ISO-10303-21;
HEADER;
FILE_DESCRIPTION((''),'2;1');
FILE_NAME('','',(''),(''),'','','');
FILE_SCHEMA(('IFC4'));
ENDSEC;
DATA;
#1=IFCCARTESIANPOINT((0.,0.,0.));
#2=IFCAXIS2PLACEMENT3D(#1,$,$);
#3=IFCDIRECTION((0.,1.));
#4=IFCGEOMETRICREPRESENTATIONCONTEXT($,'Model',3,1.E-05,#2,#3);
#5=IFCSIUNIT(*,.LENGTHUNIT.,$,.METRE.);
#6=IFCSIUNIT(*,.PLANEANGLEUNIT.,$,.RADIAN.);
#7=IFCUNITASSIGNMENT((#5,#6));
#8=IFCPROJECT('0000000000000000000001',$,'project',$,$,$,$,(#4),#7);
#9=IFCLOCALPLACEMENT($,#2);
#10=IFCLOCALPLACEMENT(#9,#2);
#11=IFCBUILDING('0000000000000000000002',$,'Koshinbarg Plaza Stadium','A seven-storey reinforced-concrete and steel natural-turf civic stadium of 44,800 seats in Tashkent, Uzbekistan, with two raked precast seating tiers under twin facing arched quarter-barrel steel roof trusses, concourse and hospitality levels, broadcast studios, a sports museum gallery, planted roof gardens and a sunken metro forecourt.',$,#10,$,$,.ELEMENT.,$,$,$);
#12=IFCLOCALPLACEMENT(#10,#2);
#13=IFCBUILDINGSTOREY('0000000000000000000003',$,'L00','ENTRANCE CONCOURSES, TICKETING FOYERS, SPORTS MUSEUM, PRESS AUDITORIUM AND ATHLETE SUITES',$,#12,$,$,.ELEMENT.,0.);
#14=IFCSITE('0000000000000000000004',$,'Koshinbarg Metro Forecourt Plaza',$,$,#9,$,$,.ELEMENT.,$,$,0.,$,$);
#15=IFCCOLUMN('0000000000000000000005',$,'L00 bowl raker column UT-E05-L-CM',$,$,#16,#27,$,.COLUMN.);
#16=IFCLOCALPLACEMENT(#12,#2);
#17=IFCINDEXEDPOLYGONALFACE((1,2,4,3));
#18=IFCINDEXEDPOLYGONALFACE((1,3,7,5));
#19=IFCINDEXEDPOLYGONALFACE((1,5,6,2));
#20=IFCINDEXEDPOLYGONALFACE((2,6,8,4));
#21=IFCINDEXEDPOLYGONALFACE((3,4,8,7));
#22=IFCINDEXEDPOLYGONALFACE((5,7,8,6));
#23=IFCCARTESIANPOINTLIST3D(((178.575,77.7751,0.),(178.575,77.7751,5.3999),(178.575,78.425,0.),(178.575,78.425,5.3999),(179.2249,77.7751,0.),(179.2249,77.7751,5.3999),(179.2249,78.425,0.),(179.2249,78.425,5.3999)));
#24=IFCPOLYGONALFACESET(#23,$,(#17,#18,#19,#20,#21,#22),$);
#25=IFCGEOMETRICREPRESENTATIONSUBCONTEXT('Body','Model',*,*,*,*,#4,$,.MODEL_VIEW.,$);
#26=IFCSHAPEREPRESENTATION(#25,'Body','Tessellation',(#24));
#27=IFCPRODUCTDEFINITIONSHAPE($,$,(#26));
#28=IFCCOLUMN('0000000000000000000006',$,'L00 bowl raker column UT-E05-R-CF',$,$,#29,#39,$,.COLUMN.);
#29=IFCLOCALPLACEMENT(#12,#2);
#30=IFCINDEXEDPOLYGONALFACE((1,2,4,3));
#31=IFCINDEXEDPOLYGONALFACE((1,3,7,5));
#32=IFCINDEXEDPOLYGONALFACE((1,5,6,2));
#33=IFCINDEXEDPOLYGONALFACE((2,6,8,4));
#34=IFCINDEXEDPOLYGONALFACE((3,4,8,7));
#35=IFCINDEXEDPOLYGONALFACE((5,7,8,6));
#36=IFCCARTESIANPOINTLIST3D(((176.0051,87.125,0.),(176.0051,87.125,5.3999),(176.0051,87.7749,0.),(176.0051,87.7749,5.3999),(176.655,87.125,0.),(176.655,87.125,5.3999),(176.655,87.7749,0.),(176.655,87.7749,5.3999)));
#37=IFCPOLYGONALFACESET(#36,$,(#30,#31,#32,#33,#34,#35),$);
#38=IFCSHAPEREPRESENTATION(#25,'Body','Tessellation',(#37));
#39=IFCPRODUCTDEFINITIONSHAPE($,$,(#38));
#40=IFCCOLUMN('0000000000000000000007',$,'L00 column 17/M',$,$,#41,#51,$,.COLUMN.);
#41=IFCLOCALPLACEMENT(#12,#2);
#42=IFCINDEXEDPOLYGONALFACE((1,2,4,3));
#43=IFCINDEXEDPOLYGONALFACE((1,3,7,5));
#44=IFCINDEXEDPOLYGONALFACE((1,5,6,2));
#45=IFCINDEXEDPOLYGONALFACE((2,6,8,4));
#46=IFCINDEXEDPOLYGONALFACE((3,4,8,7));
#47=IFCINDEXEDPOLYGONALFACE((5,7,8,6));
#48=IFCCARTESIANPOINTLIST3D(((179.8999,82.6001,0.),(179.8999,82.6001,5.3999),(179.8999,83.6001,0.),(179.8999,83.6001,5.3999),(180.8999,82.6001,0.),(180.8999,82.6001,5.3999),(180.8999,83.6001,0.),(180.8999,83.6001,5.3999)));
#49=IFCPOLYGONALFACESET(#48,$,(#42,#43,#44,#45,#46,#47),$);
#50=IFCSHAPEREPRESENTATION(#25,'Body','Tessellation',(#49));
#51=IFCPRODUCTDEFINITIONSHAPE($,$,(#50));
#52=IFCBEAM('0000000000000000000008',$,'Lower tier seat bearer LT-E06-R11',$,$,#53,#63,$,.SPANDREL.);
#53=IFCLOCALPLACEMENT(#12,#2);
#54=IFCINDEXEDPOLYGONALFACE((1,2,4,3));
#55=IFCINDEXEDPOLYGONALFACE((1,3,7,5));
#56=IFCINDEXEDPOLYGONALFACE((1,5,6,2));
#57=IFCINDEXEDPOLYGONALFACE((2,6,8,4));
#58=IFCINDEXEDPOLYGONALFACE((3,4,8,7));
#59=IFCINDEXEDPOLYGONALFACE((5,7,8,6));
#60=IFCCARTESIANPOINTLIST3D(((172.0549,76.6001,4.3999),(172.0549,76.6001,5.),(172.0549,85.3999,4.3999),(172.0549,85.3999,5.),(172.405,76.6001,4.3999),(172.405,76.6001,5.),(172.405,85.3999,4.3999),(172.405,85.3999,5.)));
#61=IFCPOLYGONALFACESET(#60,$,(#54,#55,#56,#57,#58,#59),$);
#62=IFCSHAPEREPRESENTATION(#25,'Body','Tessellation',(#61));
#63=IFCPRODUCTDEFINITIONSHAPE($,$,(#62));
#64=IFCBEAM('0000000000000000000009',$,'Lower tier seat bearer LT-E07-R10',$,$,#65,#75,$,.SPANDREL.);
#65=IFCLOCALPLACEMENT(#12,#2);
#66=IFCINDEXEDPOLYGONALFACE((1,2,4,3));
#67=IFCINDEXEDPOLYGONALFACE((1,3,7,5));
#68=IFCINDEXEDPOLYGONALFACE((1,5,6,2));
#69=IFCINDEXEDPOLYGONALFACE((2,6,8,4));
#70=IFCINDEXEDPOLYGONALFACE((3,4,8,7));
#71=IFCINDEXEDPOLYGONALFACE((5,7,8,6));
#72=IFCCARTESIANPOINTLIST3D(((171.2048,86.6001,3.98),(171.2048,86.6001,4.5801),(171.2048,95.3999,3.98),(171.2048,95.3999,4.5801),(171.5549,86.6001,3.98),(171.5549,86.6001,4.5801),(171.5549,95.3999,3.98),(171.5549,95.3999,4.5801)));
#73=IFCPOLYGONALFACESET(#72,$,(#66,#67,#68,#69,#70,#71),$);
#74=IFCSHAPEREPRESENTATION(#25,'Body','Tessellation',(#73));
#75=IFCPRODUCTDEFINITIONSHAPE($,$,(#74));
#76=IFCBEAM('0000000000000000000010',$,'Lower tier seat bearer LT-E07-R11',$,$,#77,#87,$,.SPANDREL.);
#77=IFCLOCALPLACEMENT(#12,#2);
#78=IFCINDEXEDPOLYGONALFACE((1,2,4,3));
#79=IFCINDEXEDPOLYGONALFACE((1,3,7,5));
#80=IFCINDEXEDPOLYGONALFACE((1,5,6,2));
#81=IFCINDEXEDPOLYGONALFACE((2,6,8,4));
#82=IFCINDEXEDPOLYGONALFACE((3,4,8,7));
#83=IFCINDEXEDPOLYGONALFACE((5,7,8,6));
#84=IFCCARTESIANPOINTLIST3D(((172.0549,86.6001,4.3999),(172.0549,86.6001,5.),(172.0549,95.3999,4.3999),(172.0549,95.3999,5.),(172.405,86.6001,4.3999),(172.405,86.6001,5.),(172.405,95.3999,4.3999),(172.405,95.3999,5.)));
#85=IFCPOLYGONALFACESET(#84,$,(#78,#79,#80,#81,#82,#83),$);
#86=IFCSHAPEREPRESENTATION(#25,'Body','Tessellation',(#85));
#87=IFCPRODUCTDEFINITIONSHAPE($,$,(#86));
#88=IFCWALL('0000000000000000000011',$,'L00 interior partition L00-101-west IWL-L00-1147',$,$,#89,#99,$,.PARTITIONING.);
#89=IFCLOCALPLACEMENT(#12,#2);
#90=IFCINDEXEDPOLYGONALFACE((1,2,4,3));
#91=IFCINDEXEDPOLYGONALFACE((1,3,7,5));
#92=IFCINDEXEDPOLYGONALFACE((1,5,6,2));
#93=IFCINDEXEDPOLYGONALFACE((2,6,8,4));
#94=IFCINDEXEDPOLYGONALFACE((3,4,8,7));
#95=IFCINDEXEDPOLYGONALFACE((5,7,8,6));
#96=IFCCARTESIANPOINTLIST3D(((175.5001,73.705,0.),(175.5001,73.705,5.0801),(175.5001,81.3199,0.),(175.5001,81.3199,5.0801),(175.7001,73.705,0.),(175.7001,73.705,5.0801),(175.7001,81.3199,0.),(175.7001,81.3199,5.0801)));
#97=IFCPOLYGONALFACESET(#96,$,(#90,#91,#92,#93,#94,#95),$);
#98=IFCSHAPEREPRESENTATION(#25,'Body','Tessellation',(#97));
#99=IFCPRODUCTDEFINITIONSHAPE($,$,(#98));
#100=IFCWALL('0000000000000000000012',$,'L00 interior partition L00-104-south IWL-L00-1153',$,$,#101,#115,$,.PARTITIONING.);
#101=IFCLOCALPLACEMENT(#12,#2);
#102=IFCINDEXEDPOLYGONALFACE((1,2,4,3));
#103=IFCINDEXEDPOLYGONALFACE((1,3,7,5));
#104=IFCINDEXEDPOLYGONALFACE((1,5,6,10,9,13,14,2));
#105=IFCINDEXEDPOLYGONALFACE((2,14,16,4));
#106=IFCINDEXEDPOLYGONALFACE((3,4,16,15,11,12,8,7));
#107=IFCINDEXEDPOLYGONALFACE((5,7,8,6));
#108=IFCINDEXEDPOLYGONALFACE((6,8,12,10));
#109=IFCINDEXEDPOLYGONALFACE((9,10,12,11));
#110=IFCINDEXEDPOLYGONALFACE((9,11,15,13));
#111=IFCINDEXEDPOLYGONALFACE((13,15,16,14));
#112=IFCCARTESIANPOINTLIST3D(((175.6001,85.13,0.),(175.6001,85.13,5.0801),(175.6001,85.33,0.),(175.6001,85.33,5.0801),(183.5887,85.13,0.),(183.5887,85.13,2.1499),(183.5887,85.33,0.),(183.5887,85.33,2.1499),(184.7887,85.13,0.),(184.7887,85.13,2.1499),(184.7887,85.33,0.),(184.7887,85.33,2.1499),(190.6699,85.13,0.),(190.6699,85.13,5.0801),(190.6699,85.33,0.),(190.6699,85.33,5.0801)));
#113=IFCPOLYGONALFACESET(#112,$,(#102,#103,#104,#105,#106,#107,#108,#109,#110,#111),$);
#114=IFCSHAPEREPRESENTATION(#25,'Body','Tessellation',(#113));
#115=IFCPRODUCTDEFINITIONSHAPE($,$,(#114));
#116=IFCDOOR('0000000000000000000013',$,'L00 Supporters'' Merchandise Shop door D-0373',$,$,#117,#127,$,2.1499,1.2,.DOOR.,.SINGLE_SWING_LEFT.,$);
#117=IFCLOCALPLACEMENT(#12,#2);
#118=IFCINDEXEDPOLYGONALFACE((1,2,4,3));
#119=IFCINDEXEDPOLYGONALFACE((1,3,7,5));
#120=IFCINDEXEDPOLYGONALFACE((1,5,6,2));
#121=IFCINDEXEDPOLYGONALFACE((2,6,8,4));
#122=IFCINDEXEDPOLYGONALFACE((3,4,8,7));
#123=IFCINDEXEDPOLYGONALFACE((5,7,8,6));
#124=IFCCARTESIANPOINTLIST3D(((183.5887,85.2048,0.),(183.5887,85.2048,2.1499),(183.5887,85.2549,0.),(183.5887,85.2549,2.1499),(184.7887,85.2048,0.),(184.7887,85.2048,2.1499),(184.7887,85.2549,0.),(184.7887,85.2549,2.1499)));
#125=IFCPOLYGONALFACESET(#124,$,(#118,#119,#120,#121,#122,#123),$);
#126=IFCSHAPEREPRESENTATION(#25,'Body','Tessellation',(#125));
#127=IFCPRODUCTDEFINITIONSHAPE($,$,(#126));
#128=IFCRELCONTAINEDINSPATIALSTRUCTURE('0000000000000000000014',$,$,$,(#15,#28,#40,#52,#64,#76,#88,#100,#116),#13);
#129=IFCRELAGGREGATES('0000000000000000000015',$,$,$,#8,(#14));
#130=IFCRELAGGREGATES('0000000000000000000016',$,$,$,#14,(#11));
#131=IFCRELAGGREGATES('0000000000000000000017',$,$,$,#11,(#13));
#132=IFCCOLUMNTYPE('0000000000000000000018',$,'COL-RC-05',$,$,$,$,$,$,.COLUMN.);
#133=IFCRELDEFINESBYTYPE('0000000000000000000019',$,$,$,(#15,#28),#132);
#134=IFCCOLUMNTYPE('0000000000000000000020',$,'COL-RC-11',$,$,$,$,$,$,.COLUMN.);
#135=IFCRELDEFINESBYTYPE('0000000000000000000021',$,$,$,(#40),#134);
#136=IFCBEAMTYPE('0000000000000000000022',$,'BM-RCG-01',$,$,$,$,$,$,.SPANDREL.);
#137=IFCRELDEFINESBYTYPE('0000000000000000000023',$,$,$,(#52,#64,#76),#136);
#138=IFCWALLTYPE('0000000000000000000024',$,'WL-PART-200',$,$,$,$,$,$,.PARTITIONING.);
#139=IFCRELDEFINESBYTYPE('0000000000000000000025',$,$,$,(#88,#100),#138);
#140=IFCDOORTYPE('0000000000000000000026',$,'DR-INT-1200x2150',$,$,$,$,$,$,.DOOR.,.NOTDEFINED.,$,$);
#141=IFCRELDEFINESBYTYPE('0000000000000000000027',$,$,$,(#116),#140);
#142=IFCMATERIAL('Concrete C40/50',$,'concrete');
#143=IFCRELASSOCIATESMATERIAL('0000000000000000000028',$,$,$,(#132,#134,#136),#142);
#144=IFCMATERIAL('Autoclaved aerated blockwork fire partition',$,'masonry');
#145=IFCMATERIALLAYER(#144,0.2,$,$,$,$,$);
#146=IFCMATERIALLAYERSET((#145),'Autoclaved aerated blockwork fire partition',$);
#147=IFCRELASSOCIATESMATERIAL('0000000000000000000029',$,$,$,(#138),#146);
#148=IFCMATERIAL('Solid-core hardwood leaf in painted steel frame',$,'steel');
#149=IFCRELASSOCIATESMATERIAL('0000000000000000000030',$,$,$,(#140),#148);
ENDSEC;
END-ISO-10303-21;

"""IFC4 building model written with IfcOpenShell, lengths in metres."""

from ifc_helpers import new_model, si_unit, direction, frame, frame_2d, origin, origin_2d, place, context, subcontext, project, spatial, rectangle, extrude, material, layer, layer_set, material_profile, profile_set, type_object, element, fill, save


model = new_model("IFC4")

# Units and contexts
model_context = context("Model", 3, precision=1e-05, world=origin(), true_north=direction((0.0, 1.0)))
body_context = subcontext(model_context, "Body", "Model", "MODEL_VIEW")
ifc_project = project(units=[si_unit("LENGTHUNIT", "METRE"), si_unit("PLANEANGLEUNIT", "RADIAN")], contexts=[model_context])

# Site, building, storey
site_placement = place(None, origin())
site = spatial("IfcSite", under=ifc_project, at=site_placement, Name="Koshinbarg Metro Forecourt Plaza", CompositionType="ELEMENT", RefElevation=0.0)
building_placement = place(site_placement, origin())
building = spatial("IfcBuilding", under=site, at=building_placement, Name="Koshinbarg Plaza Stadium", Description="A seven-storey reinforced-concrete and steel natural-turf civic stadium of 44,800 seats in Tashkent, Uzbekistan, with two raked precast seating tiers under twin facing arched quarter-barrel steel roof trusses, concourse and hospitality levels, broadcast studios, a sports museum gallery, planted roof gardens and a sunken metro forecourt.", CompositionType="ELEMENT")
storey_placement = place(building_placement, origin())
storey = spatial("IfcBuildingStorey", under=building, at=storey_placement, Name="L00", Description="ENTRANCE CONCOURSES, TICKETING FOYERS, SPORTS MUSEUM, PRESS AUDITORIUM AND ATHLETE SUITES", CompositionType="ELEMENT", Elevation=0.0)

# Columns
ifc_material_1 = material(Name="Concrete C40/50", Category="concrete")
ifc_material_profile_1 = material_profile(ifc_material_1, rectangle(XDim=0.6499, YDim=0.6499, at=origin_2d()), Name="RC 650x650")
ifc_profile_set_1 = profile_set([ifc_material_profile_1], Name="Concrete C40/50")
column_type_1 = type_object("IfcColumnType", Name="COL-RC-05", PredefinedType="COLUMN", material=ifc_profile_set_1)
for number, where, z_axis, x_axis, name in (
    (1, (178.8999, 78.1001, 0.0), (0.0, 0.0, 1.0), (1.0, 0.0, 0.0), "L00 bowl raker column UT-E05-L-CM"),
    (2, (176.3301, 87.45, 0.0), (0.0, 0.0, 1.0), (1.0, 0.0, 0.0), "L00 bowl raker column UT-E05-R-CF"),
):
    element("IfcColumn", number, at=place(storey_placement, frame(where, z_axis=z_axis, x_axis=x_axis)), inside=storey, type_object=column_type_1, Name=name, PredefinedType="COLUMN", context=body_context, shape_type="SweptSolid", body=[
        extrude(rectangle(XDim=0.6499, YDim=0.6499, at=origin_2d()), origin(), (0.0, 0.0, 1.0), 5.3999),
    ])
ifc_material_profile_2 = material_profile(ifc_material_1, rectangle(XDim=1.0, YDim=1.0, at=origin_2d()), Name="RC 1000x1000")
ifc_profile_set_2 = profile_set([ifc_material_profile_2], Name="Concrete C40/50")
column_type_2 = type_object("IfcColumnType", Name="COL-RC-11", PredefinedType="COLUMN", material=ifc_profile_set_2)
column_placement = place(storey_placement, frame((180.3999, 83.1001, 0.0), z_axis=(0.0, 0.0, 1.0), x_axis=(1.0, 0.0, 0.0)))
element("IfcColumn", 3, at=column_placement, inside=storey, type_object=column_type_2, Name="L00 column 17/M", PredefinedType="COLUMN", context=body_context, shape_type="SweptSolid", body=[
    extrude(rectangle(XDim=1.0, YDim=1.0, at=origin_2d()), origin(), (0.0, 0.0, 1.0), 5.3999),
])

# Beams
ifc_material_profile_3 = material_profile(ifc_material_1, rectangle(XDim=0.3501, YDim=0.6001, at=origin_2d()), Name="RC 350x600")
ifc_profile_set_3 = profile_set([ifc_material_profile_3], Name="Concrete C40/50")
beam_type = type_object("IfcBeamType", Name="BM-RCG-01", PredefinedType="SPANDREL", material=ifc_profile_set_3)
for number, where, z_axis, x_axis, name in (
    (4, (172.23, 76.6001, 4.7), (0.0, 1.0, 0.0), (-1.0, 0.0, 0.0), "Lower tier seat bearer LT-E06-R11"),
    (5, (171.3799, 86.6001, 4.28), (0.0, 1.0, 0.0), (-1.0, 0.0, 0.0), "Lower tier seat bearer LT-E07-R10"),
    (6, (172.23, 86.6001, 4.7), (0.0, 1.0, 0.0), (-1.0, 0.0, 0.0), "Lower tier seat bearer LT-E07-R11"),
):
    element("IfcBeam", number, at=place(storey_placement, frame(where, z_axis=z_axis, x_axis=x_axis)), inside=storey, type_object=beam_type, Name=name, PredefinedType="SPANDREL", context=body_context, shape_type="SweptSolid", body=[
        extrude(rectangle(XDim=0.3501, YDim=0.6001, at=origin_2d()), origin(), (0.0, 0.0, 1.0), 8.7998),
    ])

# Wall
ifc_material_2 = material(Name="Autoclaved aerated blockwork fire partition", Category="masonry")
ifc_layer = layer(ifc_material_2, 0.2)
ifc_layer_set = layer_set([ifc_layer], Name="Autoclaved aerated blockwork fire partition")
wall_type = type_object("IfcWallType", Name="WL-PART-200", PredefinedType="PARTITIONING", material=ifc_layer_set)
wall_1_placement = place(storey_placement, frame((175.6001, 81.3201, 0.0), z_axis=(0.0, 0.0, 1.0), x_axis=(0.0, -1.0, 0.0)))
element("IfcWall", 7, at=wall_1_placement, inside=storey, type_object=wall_type, Name="L00 interior partition L00-101-west IWL-L00-1147", PredefinedType="PARTITIONING", context=body_context, shape_type="SweptSolid", body=[
    extrude(rectangle(XDim=7.615, YDim=0.2, at=frame_2d((3.8076, 0.0))), origin(), (0.0, 0.0, 1.0), 5.0801),
])

# Wall, opening, door
wall_2_placement = place(storey_placement, frame((175.6001, 85.23, 0.0), z_axis=(0.0, 0.0, 1.0), x_axis=(1.0, 0.0, 0.0)))
wall_2 = element("IfcWall", 8, at=wall_2_placement, inside=storey, type_object=wall_type, Name="L00 interior partition L00-104-south IWL-L00-1153", PredefinedType="PARTITIONING", context=body_context, shape_type="SweptSolid", body=[
    extrude(rectangle(XDim=15.0698, YDim=0.2, at=frame_2d((7.5349, 0.0))), origin(), (0.0, 0.0, 1.0), 5.0801),
])
opening_placement = place(wall_2_placement, frame((7.9885, 0.0, 0.0)))
opening = element("IfcOpeningElement", 9, at=opening_placement, cuts=wall_2, PredefinedType="OPENING", context=body_context, shape_type="SweptSolid", body=[
    extrude(rectangle(XDim=1.2, YDim=2.1499, at=frame_2d((0.6001, 1.075))), frame((0.0, 0.1099, 0.0), z_axis=(0.0, -1.0, 0.0), x_axis=(1.0, 0.0, 0.0)), (0.0, 0.0, 1.0), 0.22),
])
ifc_material_3 = material(Name="Solid-core hardwood leaf in painted steel frame", Category="steel")
door_type = type_object("IfcDoorType", Name="DR-INT-1200x2150", OperationType="NOTDEFINED", PredefinedType="DOOR", material=ifc_material_3)
door_placement = place(opening_placement, origin())
door = element("IfcDoor", 10, at=door_placement, inside=storey, type_object=door_type, Name="L00 Supporters' Merchandise Shop door D-0373", OperationType="SINGLE_SWING_LEFT", OverallHeight=2.1499, OverallWidth=1.2, PredefinedType="DOOR", context=body_context, shape_type="SweptSolid", body=[
    extrude(rectangle(XDim=1.2, YDim=2.1499, at=frame_2d((0.6001, 1.075))), frame((0.0, 0.0249, 0.0), z_axis=(0.0, -1.0, 0.0), x_axis=(1.0, 0.0, 0.0)), (0.0, 0.0, 1.0), 0.05),
])
fill(opening, door)

save(model, "model.ifc")
